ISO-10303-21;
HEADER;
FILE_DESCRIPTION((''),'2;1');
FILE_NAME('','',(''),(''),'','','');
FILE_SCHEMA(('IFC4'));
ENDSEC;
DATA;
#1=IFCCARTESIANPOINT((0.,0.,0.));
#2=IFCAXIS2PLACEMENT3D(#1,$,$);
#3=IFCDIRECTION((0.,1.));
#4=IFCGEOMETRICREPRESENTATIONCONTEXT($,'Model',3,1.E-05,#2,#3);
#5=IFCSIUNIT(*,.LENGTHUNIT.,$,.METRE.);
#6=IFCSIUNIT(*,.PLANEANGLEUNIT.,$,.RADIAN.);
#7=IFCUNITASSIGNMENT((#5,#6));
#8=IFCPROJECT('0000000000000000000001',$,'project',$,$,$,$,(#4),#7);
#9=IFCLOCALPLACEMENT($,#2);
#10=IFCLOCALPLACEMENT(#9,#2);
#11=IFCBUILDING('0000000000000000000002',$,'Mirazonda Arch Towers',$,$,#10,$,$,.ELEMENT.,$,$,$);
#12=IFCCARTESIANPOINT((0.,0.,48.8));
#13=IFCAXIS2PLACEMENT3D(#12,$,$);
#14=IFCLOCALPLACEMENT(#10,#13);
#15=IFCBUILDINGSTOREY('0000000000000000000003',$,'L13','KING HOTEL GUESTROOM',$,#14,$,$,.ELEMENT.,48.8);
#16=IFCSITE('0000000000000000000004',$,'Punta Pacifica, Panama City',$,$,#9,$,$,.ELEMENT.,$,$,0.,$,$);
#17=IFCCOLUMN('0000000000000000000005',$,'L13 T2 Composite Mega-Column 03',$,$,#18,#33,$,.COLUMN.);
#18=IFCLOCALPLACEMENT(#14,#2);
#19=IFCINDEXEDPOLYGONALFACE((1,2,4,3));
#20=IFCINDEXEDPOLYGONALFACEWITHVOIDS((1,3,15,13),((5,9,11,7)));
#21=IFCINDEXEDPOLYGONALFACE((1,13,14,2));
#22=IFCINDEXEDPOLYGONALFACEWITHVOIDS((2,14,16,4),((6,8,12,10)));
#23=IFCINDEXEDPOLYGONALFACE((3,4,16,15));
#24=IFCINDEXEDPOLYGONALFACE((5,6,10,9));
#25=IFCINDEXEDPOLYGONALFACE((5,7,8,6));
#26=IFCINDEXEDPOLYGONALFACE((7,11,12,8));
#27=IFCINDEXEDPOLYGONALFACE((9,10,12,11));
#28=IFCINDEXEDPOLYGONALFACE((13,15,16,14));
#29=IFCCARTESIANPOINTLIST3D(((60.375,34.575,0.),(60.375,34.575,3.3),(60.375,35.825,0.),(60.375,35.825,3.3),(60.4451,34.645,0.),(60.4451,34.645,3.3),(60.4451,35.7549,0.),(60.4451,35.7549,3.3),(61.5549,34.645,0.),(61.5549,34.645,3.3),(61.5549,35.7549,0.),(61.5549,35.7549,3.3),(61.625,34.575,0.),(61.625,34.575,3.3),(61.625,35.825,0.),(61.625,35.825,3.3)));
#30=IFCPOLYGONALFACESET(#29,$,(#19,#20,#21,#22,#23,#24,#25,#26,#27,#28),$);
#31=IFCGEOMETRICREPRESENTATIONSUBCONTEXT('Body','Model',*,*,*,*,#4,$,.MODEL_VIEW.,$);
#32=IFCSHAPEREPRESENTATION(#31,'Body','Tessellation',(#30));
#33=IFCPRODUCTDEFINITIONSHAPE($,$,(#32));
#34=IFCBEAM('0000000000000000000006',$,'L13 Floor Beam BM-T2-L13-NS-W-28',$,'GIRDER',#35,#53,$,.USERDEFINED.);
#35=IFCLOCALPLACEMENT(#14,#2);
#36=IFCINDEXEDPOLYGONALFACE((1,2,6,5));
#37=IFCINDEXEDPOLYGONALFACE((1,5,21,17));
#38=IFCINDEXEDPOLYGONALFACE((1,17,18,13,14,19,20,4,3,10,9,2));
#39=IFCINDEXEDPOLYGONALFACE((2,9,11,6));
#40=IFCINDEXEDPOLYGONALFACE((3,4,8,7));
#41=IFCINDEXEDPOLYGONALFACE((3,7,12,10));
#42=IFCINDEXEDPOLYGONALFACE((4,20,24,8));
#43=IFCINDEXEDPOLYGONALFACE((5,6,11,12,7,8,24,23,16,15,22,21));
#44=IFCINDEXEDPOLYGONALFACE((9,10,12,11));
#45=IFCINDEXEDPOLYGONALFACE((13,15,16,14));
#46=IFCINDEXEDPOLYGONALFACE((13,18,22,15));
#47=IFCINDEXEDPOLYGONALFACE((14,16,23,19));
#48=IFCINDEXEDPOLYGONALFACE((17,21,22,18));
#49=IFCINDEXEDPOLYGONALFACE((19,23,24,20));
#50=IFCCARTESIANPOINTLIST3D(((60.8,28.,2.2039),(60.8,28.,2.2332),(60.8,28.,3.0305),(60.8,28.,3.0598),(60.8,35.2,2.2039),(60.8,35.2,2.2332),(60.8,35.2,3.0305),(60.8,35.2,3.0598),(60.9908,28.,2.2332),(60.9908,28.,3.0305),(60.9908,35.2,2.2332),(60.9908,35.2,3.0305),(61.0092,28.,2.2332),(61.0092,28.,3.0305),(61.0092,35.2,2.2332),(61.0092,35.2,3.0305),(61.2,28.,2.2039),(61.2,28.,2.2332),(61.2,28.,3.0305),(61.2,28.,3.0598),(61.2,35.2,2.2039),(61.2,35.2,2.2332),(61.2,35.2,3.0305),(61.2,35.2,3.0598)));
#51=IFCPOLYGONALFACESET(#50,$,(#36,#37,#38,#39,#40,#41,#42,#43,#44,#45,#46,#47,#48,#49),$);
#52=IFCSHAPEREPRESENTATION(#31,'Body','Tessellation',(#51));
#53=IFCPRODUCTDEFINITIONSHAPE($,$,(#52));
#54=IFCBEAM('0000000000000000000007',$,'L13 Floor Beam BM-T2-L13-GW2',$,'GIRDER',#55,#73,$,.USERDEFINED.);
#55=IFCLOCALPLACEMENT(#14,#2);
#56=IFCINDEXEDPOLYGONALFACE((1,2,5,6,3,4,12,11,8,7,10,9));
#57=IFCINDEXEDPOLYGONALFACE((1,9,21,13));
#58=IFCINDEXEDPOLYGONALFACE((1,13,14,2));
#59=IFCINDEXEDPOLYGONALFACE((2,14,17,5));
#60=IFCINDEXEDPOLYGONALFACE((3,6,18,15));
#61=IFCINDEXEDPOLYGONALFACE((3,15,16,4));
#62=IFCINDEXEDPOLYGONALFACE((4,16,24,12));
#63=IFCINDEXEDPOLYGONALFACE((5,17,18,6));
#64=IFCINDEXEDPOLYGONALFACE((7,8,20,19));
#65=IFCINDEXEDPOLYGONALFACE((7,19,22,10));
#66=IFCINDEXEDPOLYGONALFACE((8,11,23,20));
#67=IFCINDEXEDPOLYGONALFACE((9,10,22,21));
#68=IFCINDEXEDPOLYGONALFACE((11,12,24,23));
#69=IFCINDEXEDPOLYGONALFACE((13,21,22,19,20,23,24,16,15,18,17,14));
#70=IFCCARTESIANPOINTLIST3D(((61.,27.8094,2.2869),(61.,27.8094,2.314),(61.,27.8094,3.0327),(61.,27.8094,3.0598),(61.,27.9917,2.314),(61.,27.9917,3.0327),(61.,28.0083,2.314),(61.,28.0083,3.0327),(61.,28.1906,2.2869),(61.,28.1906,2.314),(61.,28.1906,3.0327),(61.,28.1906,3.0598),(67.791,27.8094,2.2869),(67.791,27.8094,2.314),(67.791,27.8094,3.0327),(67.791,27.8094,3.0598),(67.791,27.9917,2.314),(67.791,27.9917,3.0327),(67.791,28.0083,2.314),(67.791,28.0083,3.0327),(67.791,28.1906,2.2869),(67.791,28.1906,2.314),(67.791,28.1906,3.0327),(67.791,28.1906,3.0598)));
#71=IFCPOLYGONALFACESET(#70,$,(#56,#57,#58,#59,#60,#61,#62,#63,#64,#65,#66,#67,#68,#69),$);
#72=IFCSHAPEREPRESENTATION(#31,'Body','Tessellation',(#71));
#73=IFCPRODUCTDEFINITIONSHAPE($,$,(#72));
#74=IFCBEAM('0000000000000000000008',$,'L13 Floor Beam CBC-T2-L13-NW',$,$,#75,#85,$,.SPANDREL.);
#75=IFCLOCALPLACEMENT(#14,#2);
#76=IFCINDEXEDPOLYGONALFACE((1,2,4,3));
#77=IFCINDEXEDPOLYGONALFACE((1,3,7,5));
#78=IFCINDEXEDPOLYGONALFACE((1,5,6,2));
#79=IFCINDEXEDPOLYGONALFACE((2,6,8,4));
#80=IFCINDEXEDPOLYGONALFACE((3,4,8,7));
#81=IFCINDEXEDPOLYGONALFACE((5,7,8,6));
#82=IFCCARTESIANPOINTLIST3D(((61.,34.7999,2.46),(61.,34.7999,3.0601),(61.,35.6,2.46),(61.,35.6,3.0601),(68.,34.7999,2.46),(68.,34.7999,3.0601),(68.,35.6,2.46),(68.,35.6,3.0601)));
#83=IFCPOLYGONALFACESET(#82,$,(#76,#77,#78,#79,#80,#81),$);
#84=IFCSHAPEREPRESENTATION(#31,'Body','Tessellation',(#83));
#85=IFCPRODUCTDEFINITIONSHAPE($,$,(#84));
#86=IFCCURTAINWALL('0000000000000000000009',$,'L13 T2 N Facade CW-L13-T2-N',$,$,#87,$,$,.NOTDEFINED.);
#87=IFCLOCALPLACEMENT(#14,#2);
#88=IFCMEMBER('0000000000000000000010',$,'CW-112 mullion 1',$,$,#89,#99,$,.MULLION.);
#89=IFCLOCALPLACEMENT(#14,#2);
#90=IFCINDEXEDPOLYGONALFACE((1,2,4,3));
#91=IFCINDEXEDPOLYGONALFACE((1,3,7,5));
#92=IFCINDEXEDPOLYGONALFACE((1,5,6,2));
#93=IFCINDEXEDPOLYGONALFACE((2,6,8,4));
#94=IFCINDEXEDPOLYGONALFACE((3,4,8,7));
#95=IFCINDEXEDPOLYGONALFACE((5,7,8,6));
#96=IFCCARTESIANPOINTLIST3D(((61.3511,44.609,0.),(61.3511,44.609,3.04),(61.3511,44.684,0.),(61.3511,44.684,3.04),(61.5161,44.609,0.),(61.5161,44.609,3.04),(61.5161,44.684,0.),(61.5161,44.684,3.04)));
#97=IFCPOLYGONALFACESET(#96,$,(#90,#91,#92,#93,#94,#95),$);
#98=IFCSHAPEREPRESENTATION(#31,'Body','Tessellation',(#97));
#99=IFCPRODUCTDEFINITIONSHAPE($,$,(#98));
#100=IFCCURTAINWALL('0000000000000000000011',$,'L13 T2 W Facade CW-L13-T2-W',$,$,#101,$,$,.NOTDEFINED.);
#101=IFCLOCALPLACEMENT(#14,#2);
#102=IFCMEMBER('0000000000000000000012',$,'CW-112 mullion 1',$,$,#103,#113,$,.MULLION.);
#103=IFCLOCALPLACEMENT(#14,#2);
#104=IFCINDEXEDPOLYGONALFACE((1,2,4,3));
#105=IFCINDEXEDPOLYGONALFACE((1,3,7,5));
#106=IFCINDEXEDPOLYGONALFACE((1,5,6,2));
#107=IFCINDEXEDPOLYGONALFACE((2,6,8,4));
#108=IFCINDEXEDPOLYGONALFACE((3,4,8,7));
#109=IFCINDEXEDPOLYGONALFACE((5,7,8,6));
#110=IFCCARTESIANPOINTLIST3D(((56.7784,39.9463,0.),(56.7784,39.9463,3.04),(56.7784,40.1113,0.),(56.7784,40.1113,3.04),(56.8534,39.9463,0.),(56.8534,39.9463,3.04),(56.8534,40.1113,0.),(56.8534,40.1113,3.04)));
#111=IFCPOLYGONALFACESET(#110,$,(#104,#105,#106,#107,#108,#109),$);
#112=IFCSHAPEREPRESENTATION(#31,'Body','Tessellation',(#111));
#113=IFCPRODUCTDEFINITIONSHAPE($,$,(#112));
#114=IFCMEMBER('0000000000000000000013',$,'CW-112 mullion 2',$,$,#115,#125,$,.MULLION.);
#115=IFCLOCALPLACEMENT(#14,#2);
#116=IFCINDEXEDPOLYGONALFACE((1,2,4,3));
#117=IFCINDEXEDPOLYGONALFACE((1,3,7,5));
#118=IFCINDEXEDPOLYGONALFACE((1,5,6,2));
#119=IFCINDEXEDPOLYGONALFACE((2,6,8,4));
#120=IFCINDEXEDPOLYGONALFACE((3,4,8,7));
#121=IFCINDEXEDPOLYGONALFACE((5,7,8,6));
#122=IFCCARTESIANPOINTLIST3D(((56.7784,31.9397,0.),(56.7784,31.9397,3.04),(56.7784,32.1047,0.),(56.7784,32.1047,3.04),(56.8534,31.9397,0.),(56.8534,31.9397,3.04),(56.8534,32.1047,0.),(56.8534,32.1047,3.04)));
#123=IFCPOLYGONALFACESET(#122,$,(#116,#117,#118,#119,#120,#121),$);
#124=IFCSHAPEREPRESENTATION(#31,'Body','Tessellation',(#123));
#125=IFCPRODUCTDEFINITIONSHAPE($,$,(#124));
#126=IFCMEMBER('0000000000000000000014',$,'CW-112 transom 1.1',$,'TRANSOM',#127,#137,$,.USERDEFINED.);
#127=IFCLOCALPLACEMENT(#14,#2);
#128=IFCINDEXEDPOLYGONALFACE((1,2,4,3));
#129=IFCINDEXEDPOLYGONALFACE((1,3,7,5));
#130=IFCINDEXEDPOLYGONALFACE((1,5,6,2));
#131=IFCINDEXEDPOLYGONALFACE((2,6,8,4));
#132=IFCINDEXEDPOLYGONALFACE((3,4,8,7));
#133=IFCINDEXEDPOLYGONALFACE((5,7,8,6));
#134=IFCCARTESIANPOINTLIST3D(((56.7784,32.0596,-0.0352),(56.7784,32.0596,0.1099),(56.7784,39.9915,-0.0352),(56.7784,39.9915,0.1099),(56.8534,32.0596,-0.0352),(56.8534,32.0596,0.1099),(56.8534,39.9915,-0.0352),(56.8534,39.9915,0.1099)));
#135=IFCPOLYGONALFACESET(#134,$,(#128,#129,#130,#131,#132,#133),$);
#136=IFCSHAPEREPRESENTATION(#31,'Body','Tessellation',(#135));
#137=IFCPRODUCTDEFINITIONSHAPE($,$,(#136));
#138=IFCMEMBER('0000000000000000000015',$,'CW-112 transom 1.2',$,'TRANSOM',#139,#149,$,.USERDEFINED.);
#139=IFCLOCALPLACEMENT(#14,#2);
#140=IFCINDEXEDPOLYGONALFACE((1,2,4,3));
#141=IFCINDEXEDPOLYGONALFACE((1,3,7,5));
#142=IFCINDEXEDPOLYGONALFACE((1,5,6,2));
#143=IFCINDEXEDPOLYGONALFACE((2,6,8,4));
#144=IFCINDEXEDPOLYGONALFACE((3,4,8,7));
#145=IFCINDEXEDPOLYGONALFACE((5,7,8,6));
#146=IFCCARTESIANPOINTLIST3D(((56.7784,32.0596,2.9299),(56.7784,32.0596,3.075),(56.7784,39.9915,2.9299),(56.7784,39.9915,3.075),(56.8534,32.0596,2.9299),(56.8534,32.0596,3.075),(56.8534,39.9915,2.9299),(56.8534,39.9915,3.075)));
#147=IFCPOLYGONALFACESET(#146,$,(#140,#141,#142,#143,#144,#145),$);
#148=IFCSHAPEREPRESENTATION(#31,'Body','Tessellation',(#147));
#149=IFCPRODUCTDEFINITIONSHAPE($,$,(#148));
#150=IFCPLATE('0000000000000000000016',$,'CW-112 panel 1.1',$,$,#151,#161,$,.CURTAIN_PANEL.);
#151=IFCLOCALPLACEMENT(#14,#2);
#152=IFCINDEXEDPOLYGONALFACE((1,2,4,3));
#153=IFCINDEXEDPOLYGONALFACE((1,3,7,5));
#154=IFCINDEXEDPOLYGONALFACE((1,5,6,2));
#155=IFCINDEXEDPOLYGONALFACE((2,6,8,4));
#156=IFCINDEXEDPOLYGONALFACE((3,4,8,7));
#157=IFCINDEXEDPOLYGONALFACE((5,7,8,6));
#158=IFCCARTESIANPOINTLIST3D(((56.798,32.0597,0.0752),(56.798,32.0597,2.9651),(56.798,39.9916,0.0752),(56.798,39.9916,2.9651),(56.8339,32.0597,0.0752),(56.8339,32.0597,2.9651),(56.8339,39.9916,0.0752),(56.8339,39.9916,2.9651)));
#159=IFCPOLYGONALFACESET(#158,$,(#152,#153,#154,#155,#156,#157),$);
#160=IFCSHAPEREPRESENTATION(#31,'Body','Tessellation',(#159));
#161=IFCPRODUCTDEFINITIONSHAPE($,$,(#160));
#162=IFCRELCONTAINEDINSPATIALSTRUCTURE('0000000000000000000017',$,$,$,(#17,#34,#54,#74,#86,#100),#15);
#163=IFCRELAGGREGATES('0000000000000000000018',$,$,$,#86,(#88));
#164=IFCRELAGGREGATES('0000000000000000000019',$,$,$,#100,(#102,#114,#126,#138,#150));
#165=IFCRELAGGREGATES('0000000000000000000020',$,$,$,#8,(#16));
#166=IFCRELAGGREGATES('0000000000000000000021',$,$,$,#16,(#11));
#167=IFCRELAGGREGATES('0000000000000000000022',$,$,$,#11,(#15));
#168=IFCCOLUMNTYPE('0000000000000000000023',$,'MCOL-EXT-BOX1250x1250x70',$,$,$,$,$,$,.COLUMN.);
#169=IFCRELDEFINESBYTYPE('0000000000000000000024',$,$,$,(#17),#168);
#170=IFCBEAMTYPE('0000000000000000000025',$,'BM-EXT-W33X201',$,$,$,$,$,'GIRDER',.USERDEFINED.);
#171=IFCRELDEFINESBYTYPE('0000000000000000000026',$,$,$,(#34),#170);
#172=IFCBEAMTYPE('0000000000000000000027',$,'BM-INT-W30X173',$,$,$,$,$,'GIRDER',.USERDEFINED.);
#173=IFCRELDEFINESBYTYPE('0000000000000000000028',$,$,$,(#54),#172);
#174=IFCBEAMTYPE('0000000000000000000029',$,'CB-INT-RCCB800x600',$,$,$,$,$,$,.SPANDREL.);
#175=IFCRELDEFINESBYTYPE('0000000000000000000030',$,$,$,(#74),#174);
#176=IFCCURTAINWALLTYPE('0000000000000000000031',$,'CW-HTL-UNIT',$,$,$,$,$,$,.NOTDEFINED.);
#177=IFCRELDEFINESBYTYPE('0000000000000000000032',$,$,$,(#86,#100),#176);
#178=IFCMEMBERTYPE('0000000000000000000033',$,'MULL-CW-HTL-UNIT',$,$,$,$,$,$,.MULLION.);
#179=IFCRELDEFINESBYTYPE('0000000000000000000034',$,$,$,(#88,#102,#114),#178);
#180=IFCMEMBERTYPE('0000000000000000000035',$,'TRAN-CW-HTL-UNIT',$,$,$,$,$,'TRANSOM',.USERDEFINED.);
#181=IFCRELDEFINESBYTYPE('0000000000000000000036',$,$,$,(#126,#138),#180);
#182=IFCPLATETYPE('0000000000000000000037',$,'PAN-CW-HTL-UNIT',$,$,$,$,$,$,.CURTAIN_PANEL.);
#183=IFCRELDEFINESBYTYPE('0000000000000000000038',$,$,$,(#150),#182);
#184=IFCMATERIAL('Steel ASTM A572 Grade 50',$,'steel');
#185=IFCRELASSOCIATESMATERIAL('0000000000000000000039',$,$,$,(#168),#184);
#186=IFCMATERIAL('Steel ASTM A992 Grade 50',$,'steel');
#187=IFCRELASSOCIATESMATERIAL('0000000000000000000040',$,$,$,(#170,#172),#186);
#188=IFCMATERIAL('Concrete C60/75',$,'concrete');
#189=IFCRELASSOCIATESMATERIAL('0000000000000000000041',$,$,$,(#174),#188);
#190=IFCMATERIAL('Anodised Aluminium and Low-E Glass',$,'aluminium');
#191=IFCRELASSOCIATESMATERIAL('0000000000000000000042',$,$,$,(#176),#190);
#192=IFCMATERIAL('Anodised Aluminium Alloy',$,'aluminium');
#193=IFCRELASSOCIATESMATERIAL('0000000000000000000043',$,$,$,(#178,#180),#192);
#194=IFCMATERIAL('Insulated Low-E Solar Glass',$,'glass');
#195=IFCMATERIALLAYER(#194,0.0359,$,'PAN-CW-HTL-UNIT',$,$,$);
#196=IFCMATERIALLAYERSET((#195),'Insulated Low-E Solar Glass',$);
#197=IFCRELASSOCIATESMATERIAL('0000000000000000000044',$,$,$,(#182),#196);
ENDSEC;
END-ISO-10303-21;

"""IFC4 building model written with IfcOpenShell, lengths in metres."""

from ifc_helpers import new_model, si_unit, direction, frame, origin, origin_2d, place, context, subcontext, project, spatial, rectangle, hollow_rectangle, i_section, extrude, material, layer, layer_set, material_profile, profile_set, type_object, element, aggregate, save


model = new_model("IFC4")

# Units and contexts
model_context = context("Model", 3, precision=1e-05, world=origin(), true_north=direction((0.0, 1.0)))
body_context = subcontext(model_context, "Body", "Model", "MODEL_VIEW")
ifc_project = project(units=[si_unit("LENGTHUNIT", "METRE"), si_unit("PLANEANGLEUNIT", "RADIAN")], contexts=[model_context])

# Site, building, storey
site_placement = place(None, origin())
site = spatial("IfcSite", under=ifc_project, at=site_placement, Name="Punta Pacifica, Panama City", CompositionType="ELEMENT", RefElevation=0.0)
building_placement = place(site_placement, origin())
building = spatial("IfcBuilding", under=site, at=building_placement, Name="Mirazonda Arch Towers", CompositionType="ELEMENT")
storey_placement = place(building_placement, frame((0.0, 0.0, 48.8)))
storey = spatial("IfcBuildingStorey", under=building, at=storey_placement, Name="L13", Description="KING HOTEL GUESTROOM", CompositionType="ELEMENT", Elevation=48.8)

# Column
ifc_material_1 = material(Name="Steel ASTM A572 Grade 50", Category="steel")
ifc_material_profile_1 = material_profile(ifc_material_1, hollow_rectangle(XDim=1.25, YDim=1.25, WallThickness=0.0701, at=origin_2d()), Name="BOX1250x1250x70")
ifc_profile_set_1 = profile_set([ifc_material_profile_1], Name="Steel ASTM A572 Grade 50")
column_type = type_object("IfcColumnType", Name="MCOL-EXT-BOX1250x1250x70", PredefinedType="COLUMN", material=ifc_profile_set_1)
column_placement = place(storey_placement, frame((61.0, 35.2, 0.0), z_axis=(0.0, 0.0, 1.0), x_axis=(1.0, 0.0, 0.0)))
element("IfcColumn", 1, at=column_placement, inside=storey, type_object=column_type, Name="L13 T2 Composite Mega-Column 03", PredefinedType="COLUMN", context=body_context, shape_type="SweptSolid", body=[
    extrude(hollow_rectangle(XDim=1.25, YDim=1.25, WallThickness=0.0701, at=origin_2d()), origin(), (0.0, 0.0, 1.0), 3.3),
])

# Beams
ifc_material_2 = material(Name="Steel ASTM A992 Grade 50", Category="steel")
ifc_material_profile_2 = material_profile(ifc_material_2, i_section(OverallWidth=0.3999, OverallDepth=0.856, WebThickness=0.0183, FlangeThickness=0.0293, at=origin_2d()), Name="W33X201")
ifc_profile_set_2 = profile_set([ifc_material_profile_2], Name="Steel ASTM A992 Grade 50")
beam_type_1 = type_object("IfcBeamType", Name="BM-EXT-W33X201", ElementType="GIRDER", PredefinedType="USERDEFINED", material=ifc_profile_set_2)
beam_1_placement = place(storey_placement, frame((61.0, 28.0, 2.6318), z_axis=(0.0, 1.0, 0.0), x_axis=(-1.0, 0.0, 0.0)))
element("IfcBeam", 2, at=beam_1_placement, inside=storey, type_object=beam_type_1, Name="L13 Floor Beam BM-T2-L13-NS-W-28", ObjectType="GIRDER", PredefinedType="USERDEFINED", context=body_context, shape_type="SweptSolid", body=[
    extrude(i_section(OverallWidth=0.3999, OverallDepth=0.856, WebThickness=0.0183, FlangeThickness=0.0293, at=origin_2d()), origin(), (0.0, 0.0, 1.0), 7.2),
])
ifc_material_profile_3 = material_profile(ifc_material_2, i_section(OverallWidth=0.3811, OverallDepth=0.7729, WebThickness=0.0166, FlangeThickness=0.0271, at=origin_2d()), Name="W30X173")
ifc_profile_set_3 = profile_set([ifc_material_profile_3], Name="Steel ASTM A992 Grade 50")
beam_type_2 = type_object("IfcBeamType", Name="BM-INT-W30X173", ElementType="GIRDER", PredefinedType="USERDEFINED", material=ifc_profile_set_3)
beam_2_placement = place(storey_placement, frame((61.0, 28.0, 2.6733), z_axis=(1.0, 0.0, 0.0), x_axis=(0.0, 1.0, 0.0)))
element("IfcBeam", 3, at=beam_2_placement, inside=storey, type_object=beam_type_2, Name="L13 Floor Beam BM-T2-L13-GW2", ObjectType="GIRDER", PredefinedType="USERDEFINED", context=body_context, shape_type="SweptSolid", body=[
    extrude(i_section(OverallWidth=0.3811, OverallDepth=0.7729, WebThickness=0.0166, FlangeThickness=0.0271, at=origin_2d()), origin(), (0.0, 0.0, 1.0), 6.791),
])
ifc_material_3 = material(Name="Concrete C60/75", Category="concrete")
ifc_material_profile_4 = material_profile(ifc_material_3, rectangle(XDim=0.8, YDim=0.6001, at=origin_2d()), Name="RCCB800x600")
ifc_profile_set_4 = profile_set([ifc_material_profile_4], Name="Concrete C60/75")
beam_type_3 = type_object("IfcBeamType", Name="CB-INT-RCCB800x600", PredefinedType="SPANDREL", material=ifc_profile_set_4)
beam_3_placement = place(storey_placement, frame((61.0, 35.2, 2.76), z_axis=(1.0, 0.0, 0.0), x_axis=(0.0, 1.0, 0.0)))
element("IfcBeam", 4, at=beam_3_placement, inside=storey, type_object=beam_type_3, Name="L13 Floor Beam CBC-T2-L13-NW", PredefinedType="SPANDREL", context=body_context, shape_type="SweptSolid", body=[
    extrude(rectangle(XDim=0.8, YDim=0.6001, at=origin_2d()), origin(), (0.0, 0.0, 1.0), 7.0),
])

# Curtain wall, member
ifc_material_4 = material(Name="Anodised Aluminium and Low-E Glass", Category="aluminium")
curtain_wall_type = type_object("IfcCurtainWallType", Name="CW-HTL-UNIT", PredefinedType="NOTDEFINED", material=ifc_material_4)
curtain_wall_1_placement = place(storey_placement, origin())
curtain_wall_1 = element("IfcCurtainWall", 5, at=curtain_wall_1_placement, inside=storey, type_object=curtain_wall_type, Name="L13 T2 N Facade CW-L13-T2-N", PredefinedType="NOTDEFINED")
ifc_material_5 = material(Name="Anodised Aluminium Alloy", Category="aluminium")
ifc_material_profile_5 = material_profile(ifc_material_5, rectangle(XDim=0.075, YDim=0.165, at=origin_2d()), Name="ALU-MULL-75x165")
ifc_profile_set_5 = profile_set([ifc_material_profile_5], Name="Anodised Aluminium Alloy")
member_type_1 = type_object("IfcMemberType", Name="MULL-CW-HTL-UNIT", PredefinedType="MULLION", material=ifc_profile_set_5)
member_1_placement = place(storey_placement, frame((61.4336, 44.6465, 0.0), z_axis=(0.0, 0.0, 1.0), x_axis=(0.0, 1.0, 0.0)))
member_1 = element("IfcMember", 6, at=member_1_placement, type_object=member_type_1, Name="CW-112 mullion 1", PredefinedType="MULLION", context=body_context, shape_type="SweptSolid", body=[
    extrude(rectangle(XDim=0.075, YDim=0.165, at=origin_2d()), origin(), (0.0, 0.0, 1.0), 3.04),
])
aggregate(curtain_wall_1, [member_1])

# Curtain wall, members, plate
curtain_wall_2_placement = place(storey_placement, origin())
curtain_wall_2 = element("IfcCurtainWall", 7, at=curtain_wall_2_placement, inside=storey, type_object=curtain_wall_type, Name="L13 T2 W Facade CW-L13-T2-W", PredefinedType="NOTDEFINED")
member_2_placement = place(storey_placement, frame((56.8159, 40.0288, 0.0), z_axis=(0.0, 0.0, 1.0), x_axis=(1.0, 0.0, 0.0)))
member_2 = element("IfcMember", 8, at=member_2_placement, type_object=member_type_1, Name="CW-112 mullion 1", PredefinedType="MULLION", context=body_context, shape_type="SweptSolid", body=[
    extrude(rectangle(XDim=0.075, YDim=0.165, at=origin_2d()), origin(), (0.0, 0.0, 1.0), 3.04),
])
member_3_placement = place(storey_placement, frame((56.8159, 32.0222, 0.0), z_axis=(0.0, 0.0, 1.0), x_axis=(1.0, 0.0, 0.0)))
member_3 = element("IfcMember", 9, at=member_3_placement, type_object=member_type_1, Name="CW-112 mullion 2", PredefinedType="MULLION", context=body_context, shape_type="SweptSolid", body=[
    extrude(rectangle(XDim=0.075, YDim=0.165, at=origin_2d()), origin(), (0.0, 0.0, 1.0), 3.04),
])
ifc_material_profile_6 = material_profile(ifc_material_5, rectangle(XDim=0.075, YDim=0.145, at=origin_2d()), Name="ALU-TRAN-75x145")
ifc_profile_set_6 = profile_set([ifc_material_profile_6], Name="Anodised Aluminium Alloy")
member_type_2 = type_object("IfcMemberType", Name="TRAN-CW-HTL-UNIT", ElementType="TRANSOM", PredefinedType="USERDEFINED", material=ifc_profile_set_6)
member_4_placement = place(storey_placement, frame((56.8159, 39.9915, 0.0374), z_axis=(0.0, -1.0, 0.0), x_axis=(1.0, 0.0, 0.0)))
member_4 = element("IfcMember", 10, at=member_4_placement, type_object=member_type_2, Name="CW-112 transom 1.1", ObjectType="TRANSOM", PredefinedType="USERDEFINED", context=body_context, shape_type="SweptSolid", body=[
    extrude(rectangle(XDim=0.075, YDim=0.145, at=origin_2d()), origin(), (0.0, 0.0, 1.0), 7.9319),
])
member_5_placement = place(storey_placement, frame((56.8159, 39.9915, 3.0024), z_axis=(0.0, -1.0, 0.0), x_axis=(1.0, 0.0, 0.0)))
member_5 = element("IfcMember", 11, at=member_5_placement, type_object=member_type_2, Name="CW-112 transom 1.2", ObjectType="TRANSOM", PredefinedType="USERDEFINED", context=body_context, shape_type="SweptSolid", body=[
    extrude(rectangle(XDim=0.075, YDim=0.145, at=origin_2d()), origin(), (0.0, 0.0, 1.0), 7.9319),
])
ifc_material_6 = material(Name="Insulated Low-E Solar Glass", Category="glass")
ifc_layer_1 = layer(ifc_material_6, 0.0359, Name="PAN-CW-HTL-UNIT")
ifc_layer_set_1 = layer_set([ifc_layer_1], Name="Insulated Low-E Solar Glass")
plate_type = type_object("IfcPlateType", Name="PAN-CW-HTL-UNIT", PredefinedType="CURTAIN_PANEL", material=ifc_layer_set_1)
plate_placement = place(storey_placement, frame((56.8159, 36.0256, 0.0752), z_axis=(0.0, 0.0, 1.0), x_axis=(0.0, -1.0, 0.0)))
plate = element("IfcPlate", 12, at=plate_placement, type_object=plate_type, Name="CW-112 panel 1.1", PredefinedType="CURTAIN_PANEL", context=body_context, shape_type="SweptSolid", body=[
    extrude(rectangle(XDim=7.9319, YDim=0.0359, at=origin_2d()), origin(), (0.0, 0.0, 1.0), 2.8899),
])
aggregate(curtain_wall_2, [member_2, member_3, member_4, member_5, plate])

save(model, "model.ifc")
